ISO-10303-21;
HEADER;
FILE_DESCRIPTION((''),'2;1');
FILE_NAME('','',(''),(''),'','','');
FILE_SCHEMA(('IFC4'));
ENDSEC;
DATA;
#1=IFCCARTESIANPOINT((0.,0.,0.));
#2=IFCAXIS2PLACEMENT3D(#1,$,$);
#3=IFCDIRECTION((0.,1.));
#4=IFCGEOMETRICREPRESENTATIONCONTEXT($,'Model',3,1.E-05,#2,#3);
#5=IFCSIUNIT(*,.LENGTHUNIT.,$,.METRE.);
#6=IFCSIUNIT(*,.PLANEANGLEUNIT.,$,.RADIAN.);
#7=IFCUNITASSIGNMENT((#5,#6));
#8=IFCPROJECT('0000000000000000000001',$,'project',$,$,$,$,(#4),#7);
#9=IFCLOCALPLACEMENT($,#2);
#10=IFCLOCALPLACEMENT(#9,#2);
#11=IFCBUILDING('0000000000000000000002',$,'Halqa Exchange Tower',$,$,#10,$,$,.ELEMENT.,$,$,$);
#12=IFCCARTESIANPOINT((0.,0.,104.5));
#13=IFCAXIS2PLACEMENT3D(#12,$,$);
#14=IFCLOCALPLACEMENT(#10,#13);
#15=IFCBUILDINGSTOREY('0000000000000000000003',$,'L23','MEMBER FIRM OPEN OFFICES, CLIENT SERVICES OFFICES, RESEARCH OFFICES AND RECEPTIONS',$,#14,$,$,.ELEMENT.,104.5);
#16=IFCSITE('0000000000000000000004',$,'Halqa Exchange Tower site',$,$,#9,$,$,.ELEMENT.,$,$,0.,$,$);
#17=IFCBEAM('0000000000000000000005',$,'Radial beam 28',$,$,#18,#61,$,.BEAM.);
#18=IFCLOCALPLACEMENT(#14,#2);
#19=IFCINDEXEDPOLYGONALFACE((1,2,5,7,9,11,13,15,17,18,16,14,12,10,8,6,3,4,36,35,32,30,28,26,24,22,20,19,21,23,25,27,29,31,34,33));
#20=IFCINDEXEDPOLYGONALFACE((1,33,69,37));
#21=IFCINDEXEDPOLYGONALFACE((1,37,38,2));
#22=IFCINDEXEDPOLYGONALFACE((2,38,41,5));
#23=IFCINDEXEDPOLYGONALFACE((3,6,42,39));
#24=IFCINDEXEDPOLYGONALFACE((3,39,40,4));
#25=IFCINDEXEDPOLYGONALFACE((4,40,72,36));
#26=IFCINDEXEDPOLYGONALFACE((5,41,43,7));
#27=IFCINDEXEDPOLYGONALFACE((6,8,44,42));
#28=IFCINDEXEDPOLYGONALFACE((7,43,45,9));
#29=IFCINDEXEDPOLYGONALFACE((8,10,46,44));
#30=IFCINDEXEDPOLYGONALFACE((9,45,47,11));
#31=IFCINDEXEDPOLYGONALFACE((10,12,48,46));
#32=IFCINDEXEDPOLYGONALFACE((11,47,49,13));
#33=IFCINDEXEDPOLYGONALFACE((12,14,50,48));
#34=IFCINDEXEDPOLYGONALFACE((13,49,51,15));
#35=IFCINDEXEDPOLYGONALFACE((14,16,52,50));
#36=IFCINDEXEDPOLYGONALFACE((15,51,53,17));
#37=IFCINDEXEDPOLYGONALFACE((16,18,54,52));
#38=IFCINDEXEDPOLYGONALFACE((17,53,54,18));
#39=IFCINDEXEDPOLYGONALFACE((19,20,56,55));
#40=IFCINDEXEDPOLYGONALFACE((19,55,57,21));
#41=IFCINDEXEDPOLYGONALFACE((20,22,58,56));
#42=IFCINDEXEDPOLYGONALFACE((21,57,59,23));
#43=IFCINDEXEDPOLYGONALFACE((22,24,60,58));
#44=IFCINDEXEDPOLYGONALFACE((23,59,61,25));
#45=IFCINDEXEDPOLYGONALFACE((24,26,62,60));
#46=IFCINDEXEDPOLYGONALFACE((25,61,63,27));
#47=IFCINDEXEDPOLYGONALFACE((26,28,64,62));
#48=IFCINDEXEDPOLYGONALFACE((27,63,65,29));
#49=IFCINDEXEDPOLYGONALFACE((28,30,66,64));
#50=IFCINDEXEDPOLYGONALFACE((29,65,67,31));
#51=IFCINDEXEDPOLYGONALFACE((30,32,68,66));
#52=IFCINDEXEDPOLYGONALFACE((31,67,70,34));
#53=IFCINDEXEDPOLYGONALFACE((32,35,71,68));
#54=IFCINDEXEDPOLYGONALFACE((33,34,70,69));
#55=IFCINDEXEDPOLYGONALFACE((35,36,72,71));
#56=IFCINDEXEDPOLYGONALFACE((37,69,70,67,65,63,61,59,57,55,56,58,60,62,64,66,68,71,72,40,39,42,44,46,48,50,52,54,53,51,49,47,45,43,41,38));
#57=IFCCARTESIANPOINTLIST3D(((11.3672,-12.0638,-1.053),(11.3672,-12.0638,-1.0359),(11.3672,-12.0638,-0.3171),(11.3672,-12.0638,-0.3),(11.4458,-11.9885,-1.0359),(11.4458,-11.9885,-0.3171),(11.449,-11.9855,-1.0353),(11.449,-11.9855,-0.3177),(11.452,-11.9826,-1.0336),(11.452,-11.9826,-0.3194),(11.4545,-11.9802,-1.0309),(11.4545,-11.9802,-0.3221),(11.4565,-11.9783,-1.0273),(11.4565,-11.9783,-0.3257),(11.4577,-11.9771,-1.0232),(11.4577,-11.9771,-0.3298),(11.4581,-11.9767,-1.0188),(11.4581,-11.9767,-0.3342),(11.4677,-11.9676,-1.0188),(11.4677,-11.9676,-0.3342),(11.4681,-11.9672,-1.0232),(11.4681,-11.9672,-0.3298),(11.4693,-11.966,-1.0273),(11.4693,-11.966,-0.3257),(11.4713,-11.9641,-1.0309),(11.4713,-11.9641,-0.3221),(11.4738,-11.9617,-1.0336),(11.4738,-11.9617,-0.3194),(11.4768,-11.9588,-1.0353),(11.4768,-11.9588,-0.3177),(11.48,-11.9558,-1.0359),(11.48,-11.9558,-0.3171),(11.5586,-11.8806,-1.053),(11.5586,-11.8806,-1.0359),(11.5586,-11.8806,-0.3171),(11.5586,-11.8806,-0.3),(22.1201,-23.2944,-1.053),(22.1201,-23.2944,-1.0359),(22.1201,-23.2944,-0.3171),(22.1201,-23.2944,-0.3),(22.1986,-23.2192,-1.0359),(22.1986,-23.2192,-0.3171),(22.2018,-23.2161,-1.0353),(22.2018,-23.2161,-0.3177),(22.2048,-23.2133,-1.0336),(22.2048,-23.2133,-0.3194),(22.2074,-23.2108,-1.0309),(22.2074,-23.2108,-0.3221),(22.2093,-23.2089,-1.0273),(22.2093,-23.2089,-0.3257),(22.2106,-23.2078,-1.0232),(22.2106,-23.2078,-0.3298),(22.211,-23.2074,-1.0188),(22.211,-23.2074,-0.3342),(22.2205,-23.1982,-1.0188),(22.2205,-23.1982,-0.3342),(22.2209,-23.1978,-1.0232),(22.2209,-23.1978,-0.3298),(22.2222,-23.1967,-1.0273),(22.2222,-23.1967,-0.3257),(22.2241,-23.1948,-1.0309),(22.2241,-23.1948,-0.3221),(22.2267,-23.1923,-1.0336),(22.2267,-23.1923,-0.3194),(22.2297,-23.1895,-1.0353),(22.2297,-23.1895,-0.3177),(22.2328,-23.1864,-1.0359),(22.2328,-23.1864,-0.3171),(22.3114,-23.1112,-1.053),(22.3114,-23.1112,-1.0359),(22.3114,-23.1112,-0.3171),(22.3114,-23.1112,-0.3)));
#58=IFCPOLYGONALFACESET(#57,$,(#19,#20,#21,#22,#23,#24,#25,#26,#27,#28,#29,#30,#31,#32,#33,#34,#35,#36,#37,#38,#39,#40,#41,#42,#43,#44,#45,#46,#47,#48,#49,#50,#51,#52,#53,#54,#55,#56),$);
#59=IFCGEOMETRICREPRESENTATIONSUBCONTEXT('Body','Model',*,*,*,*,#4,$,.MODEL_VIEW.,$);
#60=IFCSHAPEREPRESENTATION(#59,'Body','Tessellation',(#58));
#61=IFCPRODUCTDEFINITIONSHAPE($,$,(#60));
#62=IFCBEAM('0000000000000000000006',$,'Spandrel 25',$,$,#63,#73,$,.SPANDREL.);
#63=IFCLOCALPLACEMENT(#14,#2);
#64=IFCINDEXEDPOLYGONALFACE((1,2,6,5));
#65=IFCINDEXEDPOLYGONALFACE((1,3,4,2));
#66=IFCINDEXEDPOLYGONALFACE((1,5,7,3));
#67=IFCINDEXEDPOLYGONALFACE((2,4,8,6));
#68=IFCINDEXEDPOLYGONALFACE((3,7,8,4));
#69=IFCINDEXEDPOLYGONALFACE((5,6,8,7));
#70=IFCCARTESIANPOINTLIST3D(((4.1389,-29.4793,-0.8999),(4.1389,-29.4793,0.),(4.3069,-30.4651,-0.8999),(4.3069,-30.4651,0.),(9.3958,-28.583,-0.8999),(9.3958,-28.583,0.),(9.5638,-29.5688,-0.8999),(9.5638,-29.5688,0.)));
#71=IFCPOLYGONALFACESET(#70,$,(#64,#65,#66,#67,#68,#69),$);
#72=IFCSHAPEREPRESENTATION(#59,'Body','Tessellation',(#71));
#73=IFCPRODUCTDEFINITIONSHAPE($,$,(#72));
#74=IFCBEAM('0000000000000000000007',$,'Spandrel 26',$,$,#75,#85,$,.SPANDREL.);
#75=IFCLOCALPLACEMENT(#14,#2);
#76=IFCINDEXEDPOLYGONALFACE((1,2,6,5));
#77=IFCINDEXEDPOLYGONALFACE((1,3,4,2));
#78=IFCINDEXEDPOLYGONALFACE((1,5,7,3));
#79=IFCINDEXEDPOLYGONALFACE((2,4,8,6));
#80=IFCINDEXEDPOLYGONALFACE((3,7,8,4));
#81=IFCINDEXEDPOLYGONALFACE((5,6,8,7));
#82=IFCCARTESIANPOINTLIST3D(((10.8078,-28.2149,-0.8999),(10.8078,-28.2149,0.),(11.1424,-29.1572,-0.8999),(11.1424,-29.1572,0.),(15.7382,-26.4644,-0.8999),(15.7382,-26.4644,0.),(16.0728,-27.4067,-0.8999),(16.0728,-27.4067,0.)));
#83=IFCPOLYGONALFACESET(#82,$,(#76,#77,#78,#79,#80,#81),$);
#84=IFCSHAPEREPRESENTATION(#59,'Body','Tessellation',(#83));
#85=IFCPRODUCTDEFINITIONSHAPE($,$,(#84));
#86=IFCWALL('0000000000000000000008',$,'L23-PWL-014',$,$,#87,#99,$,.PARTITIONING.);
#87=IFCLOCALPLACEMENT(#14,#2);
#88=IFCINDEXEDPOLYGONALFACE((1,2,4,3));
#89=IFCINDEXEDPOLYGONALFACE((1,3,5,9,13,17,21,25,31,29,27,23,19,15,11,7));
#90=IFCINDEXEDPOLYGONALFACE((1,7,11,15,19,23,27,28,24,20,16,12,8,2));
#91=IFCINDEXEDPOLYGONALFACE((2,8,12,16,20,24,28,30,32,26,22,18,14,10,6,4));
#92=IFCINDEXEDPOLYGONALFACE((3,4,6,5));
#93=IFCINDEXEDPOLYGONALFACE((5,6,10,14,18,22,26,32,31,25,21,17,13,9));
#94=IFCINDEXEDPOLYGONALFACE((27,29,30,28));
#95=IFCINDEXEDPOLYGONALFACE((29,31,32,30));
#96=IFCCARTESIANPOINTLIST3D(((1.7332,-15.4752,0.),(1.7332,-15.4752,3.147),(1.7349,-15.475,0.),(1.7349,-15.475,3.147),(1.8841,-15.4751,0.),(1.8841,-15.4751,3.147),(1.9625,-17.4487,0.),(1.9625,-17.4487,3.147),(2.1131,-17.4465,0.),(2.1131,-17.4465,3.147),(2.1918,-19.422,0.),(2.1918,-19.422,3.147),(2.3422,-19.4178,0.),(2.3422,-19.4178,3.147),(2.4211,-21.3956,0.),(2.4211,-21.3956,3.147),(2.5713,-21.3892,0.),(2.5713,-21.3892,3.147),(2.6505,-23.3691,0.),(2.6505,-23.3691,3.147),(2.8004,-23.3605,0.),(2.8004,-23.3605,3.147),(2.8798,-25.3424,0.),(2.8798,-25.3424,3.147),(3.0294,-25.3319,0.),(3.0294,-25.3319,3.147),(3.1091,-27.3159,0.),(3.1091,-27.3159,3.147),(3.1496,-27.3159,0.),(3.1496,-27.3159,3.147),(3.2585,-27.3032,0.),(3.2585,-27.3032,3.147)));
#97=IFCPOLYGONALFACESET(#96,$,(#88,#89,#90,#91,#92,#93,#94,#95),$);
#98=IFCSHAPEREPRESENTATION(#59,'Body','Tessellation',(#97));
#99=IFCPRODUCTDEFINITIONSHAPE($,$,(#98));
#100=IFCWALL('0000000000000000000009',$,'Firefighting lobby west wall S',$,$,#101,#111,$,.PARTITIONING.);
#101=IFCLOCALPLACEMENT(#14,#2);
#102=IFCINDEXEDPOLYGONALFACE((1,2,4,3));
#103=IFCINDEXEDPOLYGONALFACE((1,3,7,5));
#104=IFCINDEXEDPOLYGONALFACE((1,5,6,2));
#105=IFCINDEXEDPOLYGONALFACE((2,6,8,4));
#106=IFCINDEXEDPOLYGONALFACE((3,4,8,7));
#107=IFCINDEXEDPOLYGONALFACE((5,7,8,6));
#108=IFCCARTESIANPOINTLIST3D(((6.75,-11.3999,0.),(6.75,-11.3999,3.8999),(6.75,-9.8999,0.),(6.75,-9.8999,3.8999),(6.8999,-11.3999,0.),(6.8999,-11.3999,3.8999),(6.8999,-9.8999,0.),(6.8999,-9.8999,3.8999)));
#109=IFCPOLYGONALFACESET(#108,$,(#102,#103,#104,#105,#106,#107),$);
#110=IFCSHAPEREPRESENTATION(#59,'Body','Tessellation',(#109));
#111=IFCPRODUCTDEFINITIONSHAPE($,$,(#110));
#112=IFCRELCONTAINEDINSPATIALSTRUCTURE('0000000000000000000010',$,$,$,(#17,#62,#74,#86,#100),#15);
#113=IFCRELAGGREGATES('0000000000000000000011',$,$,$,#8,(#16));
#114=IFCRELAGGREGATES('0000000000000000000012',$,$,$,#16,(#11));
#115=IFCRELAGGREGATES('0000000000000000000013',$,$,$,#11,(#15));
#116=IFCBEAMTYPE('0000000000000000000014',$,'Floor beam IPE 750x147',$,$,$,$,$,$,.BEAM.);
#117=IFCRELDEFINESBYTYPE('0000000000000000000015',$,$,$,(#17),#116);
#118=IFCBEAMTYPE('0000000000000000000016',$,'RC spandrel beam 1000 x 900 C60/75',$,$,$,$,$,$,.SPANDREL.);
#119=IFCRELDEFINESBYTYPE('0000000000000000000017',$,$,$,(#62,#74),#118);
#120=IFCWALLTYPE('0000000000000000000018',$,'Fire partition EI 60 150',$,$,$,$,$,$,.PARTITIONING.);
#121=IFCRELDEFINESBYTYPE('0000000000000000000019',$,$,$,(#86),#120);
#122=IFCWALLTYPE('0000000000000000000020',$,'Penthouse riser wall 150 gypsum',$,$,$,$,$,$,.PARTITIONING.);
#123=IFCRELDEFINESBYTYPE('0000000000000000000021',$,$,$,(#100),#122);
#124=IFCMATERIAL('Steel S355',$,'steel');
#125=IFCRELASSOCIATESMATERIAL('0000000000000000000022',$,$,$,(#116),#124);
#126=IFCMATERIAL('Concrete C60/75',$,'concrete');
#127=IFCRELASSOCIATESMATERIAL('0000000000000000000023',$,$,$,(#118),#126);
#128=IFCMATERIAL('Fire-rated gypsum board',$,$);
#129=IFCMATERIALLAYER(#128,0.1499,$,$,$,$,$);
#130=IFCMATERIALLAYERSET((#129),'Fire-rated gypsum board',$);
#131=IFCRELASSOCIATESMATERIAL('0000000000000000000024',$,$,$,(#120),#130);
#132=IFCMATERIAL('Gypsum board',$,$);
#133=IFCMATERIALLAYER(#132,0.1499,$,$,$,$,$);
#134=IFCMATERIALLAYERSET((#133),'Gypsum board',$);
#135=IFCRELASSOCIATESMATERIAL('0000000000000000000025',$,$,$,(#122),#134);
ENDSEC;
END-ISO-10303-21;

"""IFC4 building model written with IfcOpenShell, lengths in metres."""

from ifc_helpers import new_model, si_unit, direction, frame, frame_2d, origin, origin_2d, place, context, subcontext, project, spatial, polyline, rectangle, i_section, outline, extrude, material, layer, layer_set, material_profile, profile_set, type_object, element, save


model = new_model("IFC4")

# Units and contexts
model_context = context("Model", 3, precision=1e-05, world=origin(), true_north=direction((0.0, 1.0)))
body_context = subcontext(model_context, "Body", "Model", "MODEL_VIEW")
ifc_project = project(units=[si_unit("LENGTHUNIT", "METRE"), si_unit("PLANEANGLEUNIT", "RADIAN")], contexts=[model_context])

# Site, building, storey
site_placement = place(None, origin())
site = spatial("IfcSite", under=ifc_project, at=site_placement, Name="Halqa Exchange Tower site", CompositionType="ELEMENT", RefElevation=0.0)
building_placement = place(site_placement, origin())
building = spatial("IfcBuilding", under=site, at=building_placement, Name="Halqa Exchange Tower", CompositionType="ELEMENT")
storey_placement = place(building_placement, frame((0.0, 0.0, 104.5)))
storey = spatial("IfcBuildingStorey", under=building, at=storey_placement, Name="L23", Description="MEMBER FIRM OPEN OFFICES, CLIENT SERVICES OFFICES, RESEARCH OFFICES AND RECEPTIONS", CompositionType="ELEMENT", Elevation=104.5)

# Beams
ifc_material_1 = material(Name="Steel S355", Category="steel")
ifc_material_profile_1 = material_profile(ifc_material_1, i_section(OverallWidth=0.2649, OverallDepth=0.7529, WebThickness=0.0132, FlangeThickness=0.0171, FilletRadius=0.0171, at=origin_2d()), Name="IPE 750x147")
ifc_profile_set_1 = profile_set([ifc_material_profile_1], Name="Steel S355")
beam_type_1 = type_object("IfcBeamType", Name="Floor beam IPE 750x147", PredefinedType="BEAM", material=ifc_profile_set_1)
beam_1_placement = place(storey_placement, frame((11.4629, -11.9722, -0.6765), z_axis=(0.691576, -0.722304, 0.0), x_axis=(0.722304, 0.691576, 0.0)))
element("IfcBeam", 1, at=beam_1_placement, inside=storey, type_object=beam_type_1, Name="Radial beam 28", PredefinedType="BEAM", context=body_context, shape_type="SweptSolid", body=[
    extrude(i_section(OverallWidth=0.2649, OverallDepth=0.7529, WebThickness=0.0132, FlangeThickness=0.0171, FilletRadius=0.0171, at=origin_2d()), origin(), (0.0, 0.0, 1.0), 15.5483),
])
ifc_material_2 = material(Name="Concrete C60/75", Category="concrete")
ifc_material_profile_2 = material_profile(ifc_material_2, rectangle(XDim=1.0, YDim=0.8999, at=origin_2d()), Name="1000 x 900")
ifc_profile_set_2 = profile_set([ifc_material_profile_2], Name="Concrete C60/75")
beam_type_2 = type_object("IfcBeamType", Name="RC spandrel beam 1000 x 900 C60/75", PredefinedType="SPANDREL", material=ifc_profile_set_2)
beam_2_placement = place(storey_placement, frame((4.2229, -29.9722, -0.45), z_axis=(0.985776, 0.168065, 0.0), x_axis=(-0.168065, 0.985776, 0.0)))
element("IfcBeam", 2, at=beam_2_placement, inside=storey, type_object=beam_type_2, Name="Spandrel 25", PredefinedType="SPANDREL", context=body_context, shape_type="SweptSolid", body=[
    extrude(rectangle(XDim=1.0, YDim=0.8999, at=origin_2d()), origin(), (0.0, 0.0, 1.0), 5.3328),
])
beam_3_placement = place(storey_placement, frame((10.9751, -28.686, -0.45), z_axis=(0.942368, 0.334577, 0.0), x_axis=(-0.334577, 0.942368, 0.0)))
element("IfcBeam", 3, at=beam_3_placement, inside=storey, type_object=beam_type_2, Name="Spandrel 26", PredefinedType="SPANDREL", context=body_context, shape_type="SweptSolid", body=[
    extrude(rectangle(XDim=1.0, YDim=0.8999, at=origin_2d()), origin(), (0.0, 0.0, 1.0), 5.2319),
])

# Walls
ifc_material_3 = material(Name="Fire-rated gypsum board")
ifc_layer_1 = layer(ifc_material_3, 0.1499)
ifc_layer_set_1 = layer_set([ifc_layer_1], Name="Fire-rated gypsum board")
wall_type_1 = type_object("IfcWallType", Name="Fire partition EI 60 150", PredefinedType="PARTITIONING", material=ifc_layer_set_1)
wall_1_placement = place(storey_placement, frame((1.8076, -15.4666, 0.0), z_axis=(0.0, 0.0, 1.0), x_axis=(0.115425, -0.993316, 0.0)))
element("IfcWall", 4, at=wall_1_placement, inside=storey, type_object=wall_type_1, Name="L23-PWL-014", PredefinedType="PARTITIONING", context=body_context, shape_type="SweptSolid", body=[
    extrude(outline(polyline([(0.0, -0.075), (1.9868, -0.075), (3.9734, -0.075), (5.9602, -0.075), (7.947, -0.075), (9.9336, -0.075), (11.9204, -0.075), (11.925, -0.0347), (11.925, 0.075), (9.9404, 0.075), (7.9558, 0.075), (5.9712, 0.075), (3.9866, 0.075), (2.002, 0.075), (0.0173, 0.075), (0.0, -0.0732), (0.0, -0.075)])), origin(), (0.0, 0.0, 1.0), 3.147),
])
ifc_material_4 = material(Name="Gypsum board")
ifc_layer_2 = layer(ifc_material_4, 0.1499)
ifc_layer_set_2 = layer_set([ifc_layer_2], Name="Gypsum board")
wall_type_2 = type_object("IfcWallType", Name="Penthouse riser wall 150 gypsum", PredefinedType="PARTITIONING", material=ifc_layer_set_2)
wall_2_placement = place(storey_placement, frame((6.825, -11.3999, 0.0), z_axis=(0.0, 0.0, 1.0), x_axis=(0.0, 1.0, 0.0)))
element("IfcWall", 5, at=wall_2_placement, inside=storey, type_object=wall_type_2, Name="Firefighting lobby west wall S", PredefinedType="PARTITIONING", context=body_context, shape_type="SweptSolid", body=[
    extrude(rectangle(XDim=1.5, YDim=0.1499, at=frame_2d((0.75, 0.0))), origin(), (0.0, 0.0, 1.0), 3.8999),
])

save(model, "model.ifc")
